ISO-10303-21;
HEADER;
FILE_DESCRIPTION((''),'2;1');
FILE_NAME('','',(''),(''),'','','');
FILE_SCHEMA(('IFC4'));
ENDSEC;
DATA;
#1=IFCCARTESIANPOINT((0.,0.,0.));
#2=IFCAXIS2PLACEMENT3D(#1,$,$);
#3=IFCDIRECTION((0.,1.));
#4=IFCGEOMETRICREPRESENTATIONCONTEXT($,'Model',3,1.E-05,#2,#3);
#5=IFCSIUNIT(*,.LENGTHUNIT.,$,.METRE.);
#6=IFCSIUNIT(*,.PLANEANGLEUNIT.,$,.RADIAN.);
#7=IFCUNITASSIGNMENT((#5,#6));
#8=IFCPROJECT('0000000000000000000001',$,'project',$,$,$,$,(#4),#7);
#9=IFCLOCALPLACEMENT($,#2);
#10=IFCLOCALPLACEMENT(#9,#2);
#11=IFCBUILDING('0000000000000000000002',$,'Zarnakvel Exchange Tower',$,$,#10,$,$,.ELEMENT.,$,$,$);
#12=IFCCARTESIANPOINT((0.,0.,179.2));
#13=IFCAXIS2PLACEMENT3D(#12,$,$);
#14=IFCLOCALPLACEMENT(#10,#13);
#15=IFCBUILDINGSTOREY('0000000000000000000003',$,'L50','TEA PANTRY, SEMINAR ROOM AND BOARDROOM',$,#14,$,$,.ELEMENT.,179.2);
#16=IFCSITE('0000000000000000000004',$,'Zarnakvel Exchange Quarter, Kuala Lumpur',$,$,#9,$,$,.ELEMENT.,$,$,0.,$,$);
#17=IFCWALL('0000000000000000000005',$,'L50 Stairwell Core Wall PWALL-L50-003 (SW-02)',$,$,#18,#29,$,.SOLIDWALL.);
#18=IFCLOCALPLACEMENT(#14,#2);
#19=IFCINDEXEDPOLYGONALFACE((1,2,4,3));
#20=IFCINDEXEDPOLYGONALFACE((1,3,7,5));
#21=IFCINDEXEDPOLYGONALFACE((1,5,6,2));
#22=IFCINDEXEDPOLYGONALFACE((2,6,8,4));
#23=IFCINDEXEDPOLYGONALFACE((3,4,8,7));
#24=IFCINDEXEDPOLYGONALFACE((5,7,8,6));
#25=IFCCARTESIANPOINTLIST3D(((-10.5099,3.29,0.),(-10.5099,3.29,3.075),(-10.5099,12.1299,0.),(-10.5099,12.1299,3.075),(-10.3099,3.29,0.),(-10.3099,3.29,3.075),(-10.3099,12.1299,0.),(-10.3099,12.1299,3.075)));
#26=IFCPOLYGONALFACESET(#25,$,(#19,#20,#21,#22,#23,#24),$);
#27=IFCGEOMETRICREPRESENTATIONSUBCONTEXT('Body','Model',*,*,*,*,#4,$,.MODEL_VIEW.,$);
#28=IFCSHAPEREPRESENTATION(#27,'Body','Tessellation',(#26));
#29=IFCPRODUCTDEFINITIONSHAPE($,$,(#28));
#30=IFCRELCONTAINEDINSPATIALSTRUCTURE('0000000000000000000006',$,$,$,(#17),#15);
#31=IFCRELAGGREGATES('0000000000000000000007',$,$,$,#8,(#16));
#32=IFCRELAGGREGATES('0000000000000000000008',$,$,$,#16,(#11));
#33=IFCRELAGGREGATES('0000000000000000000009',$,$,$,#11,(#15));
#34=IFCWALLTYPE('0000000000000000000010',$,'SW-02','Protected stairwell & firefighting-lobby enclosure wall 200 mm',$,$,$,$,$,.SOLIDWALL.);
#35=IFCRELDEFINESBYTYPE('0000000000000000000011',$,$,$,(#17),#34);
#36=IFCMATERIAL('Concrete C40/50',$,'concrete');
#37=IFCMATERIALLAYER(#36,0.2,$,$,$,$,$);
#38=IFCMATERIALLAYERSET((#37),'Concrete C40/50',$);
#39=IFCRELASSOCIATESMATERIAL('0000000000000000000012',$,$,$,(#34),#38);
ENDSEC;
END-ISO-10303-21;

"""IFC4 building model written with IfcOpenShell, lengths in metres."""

from ifc_helpers import new_model, si_unit, direction, frame, frame_2d, origin, place, context, subcontext, project, spatial, rectangle, extrude, material, layer, layer_set, type_object, element, save


model = new_model("IFC4")

# Units and contexts
model_context = context("Model", 3, precision=1e-05, world=origin(), true_north=direction((0.0, 1.0)))
body_context = subcontext(model_context, "Body", "Model", "MODEL_VIEW")
ifc_project = project(units=[si_unit("LENGTHUNIT", "METRE"), si_unit("PLANEANGLEUNIT", "RADIAN")], contexts=[model_context])

# Site, building, storey
site_placement = place(None, origin())
site = spatial("IfcSite", under=ifc_project, at=site_placement, Name="Zarnakvel Exchange Quarter, Kuala Lumpur", CompositionType="ELEMENT", RefElevation=0.0)
building_placement = place(site_placement, origin())
building = spatial("IfcBuilding", under=site, at=building_placement, Name="Zarnakvel Exchange Tower", CompositionType="ELEMENT")
storey_placement = place(building_placement, frame((0.0, 0.0, 179.2)))
storey = spatial("IfcBuildingStorey", under=building, at=storey_placement, Name="L50", Description="TEA PANTRY, SEMINAR ROOM AND BOARDROOM", CompositionType="ELEMENT", Elevation=179.2)

# Wall
ifc_material_1 = material(Name="Concrete C40/50", Category="concrete")
ifc_layer_1 = layer(ifc_material_1, 0.2)
ifc_layer_set_1 = layer_set([ifc_layer_1], Name="Concrete C40/50")
wall_type_1 = type_object("IfcWallType", Name="SW-02", Description="Protected stairwell & firefighting-lobby enclosure wall 200 mm", PredefinedType="SOLIDWALL", material=ifc_layer_set_1)
wall_1_placement = place(storey_placement, frame((-10.4099, 12.1299, 0.0), z_axis=(0.0, 0.0, 1.0), x_axis=(0.0, -1.0, 0.0)))
element("IfcWall", 1, at=wall_1_placement, inside=storey, type_object=wall_type_1, Name="L50 Stairwell Core Wall PWALL-L50-003 (SW-02)", PredefinedType="SOLIDWALL", context=body_context, shape_type="SweptSolid", body=[
    extrude(rectangle(XDim=8.8398, YDim=0.2, at=frame_2d((4.4199, 0.0))), origin(), (0.0, 0.0, 1.0), 3.075),
])

save(model, "model.ifc")
